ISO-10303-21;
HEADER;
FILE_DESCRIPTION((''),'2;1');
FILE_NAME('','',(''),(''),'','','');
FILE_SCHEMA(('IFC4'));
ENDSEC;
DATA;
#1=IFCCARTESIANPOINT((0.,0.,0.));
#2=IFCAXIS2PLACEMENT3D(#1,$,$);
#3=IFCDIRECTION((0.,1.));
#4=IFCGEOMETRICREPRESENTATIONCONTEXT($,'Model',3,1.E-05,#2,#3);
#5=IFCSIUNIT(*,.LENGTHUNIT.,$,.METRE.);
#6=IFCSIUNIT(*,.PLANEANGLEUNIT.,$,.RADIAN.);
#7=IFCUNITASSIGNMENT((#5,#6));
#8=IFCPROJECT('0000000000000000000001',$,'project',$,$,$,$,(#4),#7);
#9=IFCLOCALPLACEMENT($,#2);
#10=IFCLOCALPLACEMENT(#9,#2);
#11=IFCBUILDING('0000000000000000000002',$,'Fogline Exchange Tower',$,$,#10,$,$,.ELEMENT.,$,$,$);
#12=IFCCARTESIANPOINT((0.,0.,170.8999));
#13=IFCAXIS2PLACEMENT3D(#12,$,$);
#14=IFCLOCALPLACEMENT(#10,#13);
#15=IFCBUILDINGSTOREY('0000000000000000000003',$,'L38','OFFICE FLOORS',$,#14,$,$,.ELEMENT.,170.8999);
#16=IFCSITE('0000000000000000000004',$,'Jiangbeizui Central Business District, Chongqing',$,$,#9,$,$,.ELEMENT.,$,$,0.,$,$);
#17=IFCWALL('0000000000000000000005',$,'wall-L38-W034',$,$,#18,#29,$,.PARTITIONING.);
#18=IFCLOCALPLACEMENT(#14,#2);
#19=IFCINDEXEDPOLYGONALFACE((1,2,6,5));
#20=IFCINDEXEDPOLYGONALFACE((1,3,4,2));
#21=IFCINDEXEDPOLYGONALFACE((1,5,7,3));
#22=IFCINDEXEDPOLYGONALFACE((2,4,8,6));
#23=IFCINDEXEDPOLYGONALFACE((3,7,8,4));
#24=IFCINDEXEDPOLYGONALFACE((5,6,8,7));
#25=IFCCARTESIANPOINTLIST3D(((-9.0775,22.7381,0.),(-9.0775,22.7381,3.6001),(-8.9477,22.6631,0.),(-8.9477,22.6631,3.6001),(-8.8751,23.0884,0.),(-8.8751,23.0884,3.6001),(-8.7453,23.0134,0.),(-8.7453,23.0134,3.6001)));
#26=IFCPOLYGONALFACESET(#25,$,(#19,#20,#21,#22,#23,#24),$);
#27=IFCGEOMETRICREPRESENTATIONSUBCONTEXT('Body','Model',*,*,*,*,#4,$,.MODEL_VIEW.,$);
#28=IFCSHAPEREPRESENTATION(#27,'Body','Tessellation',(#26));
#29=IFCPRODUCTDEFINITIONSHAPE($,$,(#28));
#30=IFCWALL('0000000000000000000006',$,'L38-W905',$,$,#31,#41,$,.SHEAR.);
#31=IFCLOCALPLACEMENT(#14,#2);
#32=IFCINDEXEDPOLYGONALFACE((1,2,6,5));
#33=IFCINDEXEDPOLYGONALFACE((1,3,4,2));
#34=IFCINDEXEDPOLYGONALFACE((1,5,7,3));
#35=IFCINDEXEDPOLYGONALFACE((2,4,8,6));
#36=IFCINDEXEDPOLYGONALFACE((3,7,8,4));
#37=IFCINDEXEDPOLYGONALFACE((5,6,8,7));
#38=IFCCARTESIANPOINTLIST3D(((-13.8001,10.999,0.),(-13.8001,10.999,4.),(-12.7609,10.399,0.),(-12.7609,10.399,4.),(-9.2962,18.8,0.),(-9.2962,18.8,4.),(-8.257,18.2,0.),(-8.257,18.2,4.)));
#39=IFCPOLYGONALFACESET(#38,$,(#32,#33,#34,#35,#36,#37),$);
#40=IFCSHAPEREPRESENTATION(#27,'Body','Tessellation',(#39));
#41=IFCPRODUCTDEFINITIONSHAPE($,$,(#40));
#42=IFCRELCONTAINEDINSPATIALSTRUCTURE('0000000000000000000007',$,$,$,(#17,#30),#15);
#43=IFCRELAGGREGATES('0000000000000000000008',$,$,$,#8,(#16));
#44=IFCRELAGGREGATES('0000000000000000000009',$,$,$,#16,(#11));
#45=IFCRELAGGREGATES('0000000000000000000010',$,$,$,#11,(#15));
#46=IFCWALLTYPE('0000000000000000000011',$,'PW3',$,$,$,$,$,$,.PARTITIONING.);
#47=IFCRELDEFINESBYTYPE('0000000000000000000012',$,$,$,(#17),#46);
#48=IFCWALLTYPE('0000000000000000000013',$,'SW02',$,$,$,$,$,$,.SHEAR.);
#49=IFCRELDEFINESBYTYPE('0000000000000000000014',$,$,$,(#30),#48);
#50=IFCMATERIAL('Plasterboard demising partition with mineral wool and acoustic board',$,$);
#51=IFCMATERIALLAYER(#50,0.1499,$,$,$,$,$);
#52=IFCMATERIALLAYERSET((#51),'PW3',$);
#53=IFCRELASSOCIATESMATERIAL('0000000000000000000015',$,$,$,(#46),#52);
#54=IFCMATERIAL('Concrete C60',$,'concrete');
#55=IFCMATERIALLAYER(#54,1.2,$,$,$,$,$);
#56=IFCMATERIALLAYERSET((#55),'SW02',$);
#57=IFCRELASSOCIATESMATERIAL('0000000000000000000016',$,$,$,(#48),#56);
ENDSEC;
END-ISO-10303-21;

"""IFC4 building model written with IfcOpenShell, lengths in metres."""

from ifc_helpers import new_model, si_unit, direction, frame, frame_2d, origin, place, context, subcontext, project, spatial, rectangle, extrude, material, layer, layer_set, type_object, element, save


model = new_model("IFC4")

# Units and contexts
model_context = context("Model", 3, precision=1e-05, world=origin(), true_north=direction((0.0, 1.0)))
body_context = subcontext(model_context, "Body", "Model", "MODEL_VIEW")
ifc_project = project(units=[si_unit("LENGTHUNIT", "METRE"), si_unit("PLANEANGLEUNIT", "RADIAN")], contexts=[model_context])

# Site, building, storey
site_placement = place(None, origin())
site = spatial("IfcSite", under=ifc_project, at=site_placement, Name="Jiangbeizui Central Business District, Chongqing", CompositionType="ELEMENT", RefElevation=0.0)
building_placement = place(site_placement, origin())
building = spatial("IfcBuilding", under=site, at=building_placement, Name="Fogline Exchange Tower", CompositionType="ELEMENT")
storey_placement = place(building_placement, frame((0.0, 0.0, 170.8999)))
storey = spatial("IfcBuildingStorey", under=building, at=storey_placement, Name="L38", Description="OFFICE FLOORS", CompositionType="ELEMENT", Elevation=170.8999)

# Walls
ifc_material_1 = material(Name="Plasterboard demising partition with mineral wool and acoustic board")
ifc_layer_1 = layer(ifc_material_1, 0.1499)
ifc_layer_set_1 = layer_set([ifc_layer_1], Name="PW3")
wall_type_1 = type_object("IfcWallType", Name="PW3", PredefinedType="PARTITIONING", material=ifc_layer_set_1)
wall_1_placement = place(storey_placement, frame((-8.8103, 23.0508, 0.0), z_axis=(0.0, 0.0, 1.0), x_axis=(-0.500227, -0.865894, 0.0)))
element("IfcWall", 1, at=wall_1_placement, inside=storey, type_object=wall_type_1, Name="wall-L38-W034", PredefinedType="PARTITIONING", context=body_context, shape_type="SweptSolid", body=[
    extrude(rectangle(XDim=0.4045, YDim=0.1499, at=frame_2d((0.2021, 0.0))), origin(), (0.0, 0.0, 1.0), 3.6001),
])
ifc_material_2 = material(Name="Concrete C60", Category="concrete")
ifc_layer_2 = layer(ifc_material_2, 1.2)
ifc_layer_set_2 = layer_set([ifc_layer_2], Name="SW02")
wall_type_2 = type_object("IfcWallType", Name="SW02", PredefinedType="SHEAR", material=ifc_layer_set_2)
wall_2_placement = place(storey_placement, frame((-8.7766, 18.5, 0.0), z_axis=(0.0, 0.0, 1.0), x_axis=(-0.499999, -0.866026, 0.0)))
element("IfcWall", 2, at=wall_2_placement, inside=storey, type_object=wall_type_2, Name="L38-W905", PredefinedType="SHEAR", context=body_context, shape_type="SweptSolid", body=[
    extrude(rectangle(XDim=9.0078, YDim=1.2, at=frame_2d((4.5039, 0.0))), origin(), (0.0, 0.0, 1.0), 4.0),
])

save(model, "model.ifc")
